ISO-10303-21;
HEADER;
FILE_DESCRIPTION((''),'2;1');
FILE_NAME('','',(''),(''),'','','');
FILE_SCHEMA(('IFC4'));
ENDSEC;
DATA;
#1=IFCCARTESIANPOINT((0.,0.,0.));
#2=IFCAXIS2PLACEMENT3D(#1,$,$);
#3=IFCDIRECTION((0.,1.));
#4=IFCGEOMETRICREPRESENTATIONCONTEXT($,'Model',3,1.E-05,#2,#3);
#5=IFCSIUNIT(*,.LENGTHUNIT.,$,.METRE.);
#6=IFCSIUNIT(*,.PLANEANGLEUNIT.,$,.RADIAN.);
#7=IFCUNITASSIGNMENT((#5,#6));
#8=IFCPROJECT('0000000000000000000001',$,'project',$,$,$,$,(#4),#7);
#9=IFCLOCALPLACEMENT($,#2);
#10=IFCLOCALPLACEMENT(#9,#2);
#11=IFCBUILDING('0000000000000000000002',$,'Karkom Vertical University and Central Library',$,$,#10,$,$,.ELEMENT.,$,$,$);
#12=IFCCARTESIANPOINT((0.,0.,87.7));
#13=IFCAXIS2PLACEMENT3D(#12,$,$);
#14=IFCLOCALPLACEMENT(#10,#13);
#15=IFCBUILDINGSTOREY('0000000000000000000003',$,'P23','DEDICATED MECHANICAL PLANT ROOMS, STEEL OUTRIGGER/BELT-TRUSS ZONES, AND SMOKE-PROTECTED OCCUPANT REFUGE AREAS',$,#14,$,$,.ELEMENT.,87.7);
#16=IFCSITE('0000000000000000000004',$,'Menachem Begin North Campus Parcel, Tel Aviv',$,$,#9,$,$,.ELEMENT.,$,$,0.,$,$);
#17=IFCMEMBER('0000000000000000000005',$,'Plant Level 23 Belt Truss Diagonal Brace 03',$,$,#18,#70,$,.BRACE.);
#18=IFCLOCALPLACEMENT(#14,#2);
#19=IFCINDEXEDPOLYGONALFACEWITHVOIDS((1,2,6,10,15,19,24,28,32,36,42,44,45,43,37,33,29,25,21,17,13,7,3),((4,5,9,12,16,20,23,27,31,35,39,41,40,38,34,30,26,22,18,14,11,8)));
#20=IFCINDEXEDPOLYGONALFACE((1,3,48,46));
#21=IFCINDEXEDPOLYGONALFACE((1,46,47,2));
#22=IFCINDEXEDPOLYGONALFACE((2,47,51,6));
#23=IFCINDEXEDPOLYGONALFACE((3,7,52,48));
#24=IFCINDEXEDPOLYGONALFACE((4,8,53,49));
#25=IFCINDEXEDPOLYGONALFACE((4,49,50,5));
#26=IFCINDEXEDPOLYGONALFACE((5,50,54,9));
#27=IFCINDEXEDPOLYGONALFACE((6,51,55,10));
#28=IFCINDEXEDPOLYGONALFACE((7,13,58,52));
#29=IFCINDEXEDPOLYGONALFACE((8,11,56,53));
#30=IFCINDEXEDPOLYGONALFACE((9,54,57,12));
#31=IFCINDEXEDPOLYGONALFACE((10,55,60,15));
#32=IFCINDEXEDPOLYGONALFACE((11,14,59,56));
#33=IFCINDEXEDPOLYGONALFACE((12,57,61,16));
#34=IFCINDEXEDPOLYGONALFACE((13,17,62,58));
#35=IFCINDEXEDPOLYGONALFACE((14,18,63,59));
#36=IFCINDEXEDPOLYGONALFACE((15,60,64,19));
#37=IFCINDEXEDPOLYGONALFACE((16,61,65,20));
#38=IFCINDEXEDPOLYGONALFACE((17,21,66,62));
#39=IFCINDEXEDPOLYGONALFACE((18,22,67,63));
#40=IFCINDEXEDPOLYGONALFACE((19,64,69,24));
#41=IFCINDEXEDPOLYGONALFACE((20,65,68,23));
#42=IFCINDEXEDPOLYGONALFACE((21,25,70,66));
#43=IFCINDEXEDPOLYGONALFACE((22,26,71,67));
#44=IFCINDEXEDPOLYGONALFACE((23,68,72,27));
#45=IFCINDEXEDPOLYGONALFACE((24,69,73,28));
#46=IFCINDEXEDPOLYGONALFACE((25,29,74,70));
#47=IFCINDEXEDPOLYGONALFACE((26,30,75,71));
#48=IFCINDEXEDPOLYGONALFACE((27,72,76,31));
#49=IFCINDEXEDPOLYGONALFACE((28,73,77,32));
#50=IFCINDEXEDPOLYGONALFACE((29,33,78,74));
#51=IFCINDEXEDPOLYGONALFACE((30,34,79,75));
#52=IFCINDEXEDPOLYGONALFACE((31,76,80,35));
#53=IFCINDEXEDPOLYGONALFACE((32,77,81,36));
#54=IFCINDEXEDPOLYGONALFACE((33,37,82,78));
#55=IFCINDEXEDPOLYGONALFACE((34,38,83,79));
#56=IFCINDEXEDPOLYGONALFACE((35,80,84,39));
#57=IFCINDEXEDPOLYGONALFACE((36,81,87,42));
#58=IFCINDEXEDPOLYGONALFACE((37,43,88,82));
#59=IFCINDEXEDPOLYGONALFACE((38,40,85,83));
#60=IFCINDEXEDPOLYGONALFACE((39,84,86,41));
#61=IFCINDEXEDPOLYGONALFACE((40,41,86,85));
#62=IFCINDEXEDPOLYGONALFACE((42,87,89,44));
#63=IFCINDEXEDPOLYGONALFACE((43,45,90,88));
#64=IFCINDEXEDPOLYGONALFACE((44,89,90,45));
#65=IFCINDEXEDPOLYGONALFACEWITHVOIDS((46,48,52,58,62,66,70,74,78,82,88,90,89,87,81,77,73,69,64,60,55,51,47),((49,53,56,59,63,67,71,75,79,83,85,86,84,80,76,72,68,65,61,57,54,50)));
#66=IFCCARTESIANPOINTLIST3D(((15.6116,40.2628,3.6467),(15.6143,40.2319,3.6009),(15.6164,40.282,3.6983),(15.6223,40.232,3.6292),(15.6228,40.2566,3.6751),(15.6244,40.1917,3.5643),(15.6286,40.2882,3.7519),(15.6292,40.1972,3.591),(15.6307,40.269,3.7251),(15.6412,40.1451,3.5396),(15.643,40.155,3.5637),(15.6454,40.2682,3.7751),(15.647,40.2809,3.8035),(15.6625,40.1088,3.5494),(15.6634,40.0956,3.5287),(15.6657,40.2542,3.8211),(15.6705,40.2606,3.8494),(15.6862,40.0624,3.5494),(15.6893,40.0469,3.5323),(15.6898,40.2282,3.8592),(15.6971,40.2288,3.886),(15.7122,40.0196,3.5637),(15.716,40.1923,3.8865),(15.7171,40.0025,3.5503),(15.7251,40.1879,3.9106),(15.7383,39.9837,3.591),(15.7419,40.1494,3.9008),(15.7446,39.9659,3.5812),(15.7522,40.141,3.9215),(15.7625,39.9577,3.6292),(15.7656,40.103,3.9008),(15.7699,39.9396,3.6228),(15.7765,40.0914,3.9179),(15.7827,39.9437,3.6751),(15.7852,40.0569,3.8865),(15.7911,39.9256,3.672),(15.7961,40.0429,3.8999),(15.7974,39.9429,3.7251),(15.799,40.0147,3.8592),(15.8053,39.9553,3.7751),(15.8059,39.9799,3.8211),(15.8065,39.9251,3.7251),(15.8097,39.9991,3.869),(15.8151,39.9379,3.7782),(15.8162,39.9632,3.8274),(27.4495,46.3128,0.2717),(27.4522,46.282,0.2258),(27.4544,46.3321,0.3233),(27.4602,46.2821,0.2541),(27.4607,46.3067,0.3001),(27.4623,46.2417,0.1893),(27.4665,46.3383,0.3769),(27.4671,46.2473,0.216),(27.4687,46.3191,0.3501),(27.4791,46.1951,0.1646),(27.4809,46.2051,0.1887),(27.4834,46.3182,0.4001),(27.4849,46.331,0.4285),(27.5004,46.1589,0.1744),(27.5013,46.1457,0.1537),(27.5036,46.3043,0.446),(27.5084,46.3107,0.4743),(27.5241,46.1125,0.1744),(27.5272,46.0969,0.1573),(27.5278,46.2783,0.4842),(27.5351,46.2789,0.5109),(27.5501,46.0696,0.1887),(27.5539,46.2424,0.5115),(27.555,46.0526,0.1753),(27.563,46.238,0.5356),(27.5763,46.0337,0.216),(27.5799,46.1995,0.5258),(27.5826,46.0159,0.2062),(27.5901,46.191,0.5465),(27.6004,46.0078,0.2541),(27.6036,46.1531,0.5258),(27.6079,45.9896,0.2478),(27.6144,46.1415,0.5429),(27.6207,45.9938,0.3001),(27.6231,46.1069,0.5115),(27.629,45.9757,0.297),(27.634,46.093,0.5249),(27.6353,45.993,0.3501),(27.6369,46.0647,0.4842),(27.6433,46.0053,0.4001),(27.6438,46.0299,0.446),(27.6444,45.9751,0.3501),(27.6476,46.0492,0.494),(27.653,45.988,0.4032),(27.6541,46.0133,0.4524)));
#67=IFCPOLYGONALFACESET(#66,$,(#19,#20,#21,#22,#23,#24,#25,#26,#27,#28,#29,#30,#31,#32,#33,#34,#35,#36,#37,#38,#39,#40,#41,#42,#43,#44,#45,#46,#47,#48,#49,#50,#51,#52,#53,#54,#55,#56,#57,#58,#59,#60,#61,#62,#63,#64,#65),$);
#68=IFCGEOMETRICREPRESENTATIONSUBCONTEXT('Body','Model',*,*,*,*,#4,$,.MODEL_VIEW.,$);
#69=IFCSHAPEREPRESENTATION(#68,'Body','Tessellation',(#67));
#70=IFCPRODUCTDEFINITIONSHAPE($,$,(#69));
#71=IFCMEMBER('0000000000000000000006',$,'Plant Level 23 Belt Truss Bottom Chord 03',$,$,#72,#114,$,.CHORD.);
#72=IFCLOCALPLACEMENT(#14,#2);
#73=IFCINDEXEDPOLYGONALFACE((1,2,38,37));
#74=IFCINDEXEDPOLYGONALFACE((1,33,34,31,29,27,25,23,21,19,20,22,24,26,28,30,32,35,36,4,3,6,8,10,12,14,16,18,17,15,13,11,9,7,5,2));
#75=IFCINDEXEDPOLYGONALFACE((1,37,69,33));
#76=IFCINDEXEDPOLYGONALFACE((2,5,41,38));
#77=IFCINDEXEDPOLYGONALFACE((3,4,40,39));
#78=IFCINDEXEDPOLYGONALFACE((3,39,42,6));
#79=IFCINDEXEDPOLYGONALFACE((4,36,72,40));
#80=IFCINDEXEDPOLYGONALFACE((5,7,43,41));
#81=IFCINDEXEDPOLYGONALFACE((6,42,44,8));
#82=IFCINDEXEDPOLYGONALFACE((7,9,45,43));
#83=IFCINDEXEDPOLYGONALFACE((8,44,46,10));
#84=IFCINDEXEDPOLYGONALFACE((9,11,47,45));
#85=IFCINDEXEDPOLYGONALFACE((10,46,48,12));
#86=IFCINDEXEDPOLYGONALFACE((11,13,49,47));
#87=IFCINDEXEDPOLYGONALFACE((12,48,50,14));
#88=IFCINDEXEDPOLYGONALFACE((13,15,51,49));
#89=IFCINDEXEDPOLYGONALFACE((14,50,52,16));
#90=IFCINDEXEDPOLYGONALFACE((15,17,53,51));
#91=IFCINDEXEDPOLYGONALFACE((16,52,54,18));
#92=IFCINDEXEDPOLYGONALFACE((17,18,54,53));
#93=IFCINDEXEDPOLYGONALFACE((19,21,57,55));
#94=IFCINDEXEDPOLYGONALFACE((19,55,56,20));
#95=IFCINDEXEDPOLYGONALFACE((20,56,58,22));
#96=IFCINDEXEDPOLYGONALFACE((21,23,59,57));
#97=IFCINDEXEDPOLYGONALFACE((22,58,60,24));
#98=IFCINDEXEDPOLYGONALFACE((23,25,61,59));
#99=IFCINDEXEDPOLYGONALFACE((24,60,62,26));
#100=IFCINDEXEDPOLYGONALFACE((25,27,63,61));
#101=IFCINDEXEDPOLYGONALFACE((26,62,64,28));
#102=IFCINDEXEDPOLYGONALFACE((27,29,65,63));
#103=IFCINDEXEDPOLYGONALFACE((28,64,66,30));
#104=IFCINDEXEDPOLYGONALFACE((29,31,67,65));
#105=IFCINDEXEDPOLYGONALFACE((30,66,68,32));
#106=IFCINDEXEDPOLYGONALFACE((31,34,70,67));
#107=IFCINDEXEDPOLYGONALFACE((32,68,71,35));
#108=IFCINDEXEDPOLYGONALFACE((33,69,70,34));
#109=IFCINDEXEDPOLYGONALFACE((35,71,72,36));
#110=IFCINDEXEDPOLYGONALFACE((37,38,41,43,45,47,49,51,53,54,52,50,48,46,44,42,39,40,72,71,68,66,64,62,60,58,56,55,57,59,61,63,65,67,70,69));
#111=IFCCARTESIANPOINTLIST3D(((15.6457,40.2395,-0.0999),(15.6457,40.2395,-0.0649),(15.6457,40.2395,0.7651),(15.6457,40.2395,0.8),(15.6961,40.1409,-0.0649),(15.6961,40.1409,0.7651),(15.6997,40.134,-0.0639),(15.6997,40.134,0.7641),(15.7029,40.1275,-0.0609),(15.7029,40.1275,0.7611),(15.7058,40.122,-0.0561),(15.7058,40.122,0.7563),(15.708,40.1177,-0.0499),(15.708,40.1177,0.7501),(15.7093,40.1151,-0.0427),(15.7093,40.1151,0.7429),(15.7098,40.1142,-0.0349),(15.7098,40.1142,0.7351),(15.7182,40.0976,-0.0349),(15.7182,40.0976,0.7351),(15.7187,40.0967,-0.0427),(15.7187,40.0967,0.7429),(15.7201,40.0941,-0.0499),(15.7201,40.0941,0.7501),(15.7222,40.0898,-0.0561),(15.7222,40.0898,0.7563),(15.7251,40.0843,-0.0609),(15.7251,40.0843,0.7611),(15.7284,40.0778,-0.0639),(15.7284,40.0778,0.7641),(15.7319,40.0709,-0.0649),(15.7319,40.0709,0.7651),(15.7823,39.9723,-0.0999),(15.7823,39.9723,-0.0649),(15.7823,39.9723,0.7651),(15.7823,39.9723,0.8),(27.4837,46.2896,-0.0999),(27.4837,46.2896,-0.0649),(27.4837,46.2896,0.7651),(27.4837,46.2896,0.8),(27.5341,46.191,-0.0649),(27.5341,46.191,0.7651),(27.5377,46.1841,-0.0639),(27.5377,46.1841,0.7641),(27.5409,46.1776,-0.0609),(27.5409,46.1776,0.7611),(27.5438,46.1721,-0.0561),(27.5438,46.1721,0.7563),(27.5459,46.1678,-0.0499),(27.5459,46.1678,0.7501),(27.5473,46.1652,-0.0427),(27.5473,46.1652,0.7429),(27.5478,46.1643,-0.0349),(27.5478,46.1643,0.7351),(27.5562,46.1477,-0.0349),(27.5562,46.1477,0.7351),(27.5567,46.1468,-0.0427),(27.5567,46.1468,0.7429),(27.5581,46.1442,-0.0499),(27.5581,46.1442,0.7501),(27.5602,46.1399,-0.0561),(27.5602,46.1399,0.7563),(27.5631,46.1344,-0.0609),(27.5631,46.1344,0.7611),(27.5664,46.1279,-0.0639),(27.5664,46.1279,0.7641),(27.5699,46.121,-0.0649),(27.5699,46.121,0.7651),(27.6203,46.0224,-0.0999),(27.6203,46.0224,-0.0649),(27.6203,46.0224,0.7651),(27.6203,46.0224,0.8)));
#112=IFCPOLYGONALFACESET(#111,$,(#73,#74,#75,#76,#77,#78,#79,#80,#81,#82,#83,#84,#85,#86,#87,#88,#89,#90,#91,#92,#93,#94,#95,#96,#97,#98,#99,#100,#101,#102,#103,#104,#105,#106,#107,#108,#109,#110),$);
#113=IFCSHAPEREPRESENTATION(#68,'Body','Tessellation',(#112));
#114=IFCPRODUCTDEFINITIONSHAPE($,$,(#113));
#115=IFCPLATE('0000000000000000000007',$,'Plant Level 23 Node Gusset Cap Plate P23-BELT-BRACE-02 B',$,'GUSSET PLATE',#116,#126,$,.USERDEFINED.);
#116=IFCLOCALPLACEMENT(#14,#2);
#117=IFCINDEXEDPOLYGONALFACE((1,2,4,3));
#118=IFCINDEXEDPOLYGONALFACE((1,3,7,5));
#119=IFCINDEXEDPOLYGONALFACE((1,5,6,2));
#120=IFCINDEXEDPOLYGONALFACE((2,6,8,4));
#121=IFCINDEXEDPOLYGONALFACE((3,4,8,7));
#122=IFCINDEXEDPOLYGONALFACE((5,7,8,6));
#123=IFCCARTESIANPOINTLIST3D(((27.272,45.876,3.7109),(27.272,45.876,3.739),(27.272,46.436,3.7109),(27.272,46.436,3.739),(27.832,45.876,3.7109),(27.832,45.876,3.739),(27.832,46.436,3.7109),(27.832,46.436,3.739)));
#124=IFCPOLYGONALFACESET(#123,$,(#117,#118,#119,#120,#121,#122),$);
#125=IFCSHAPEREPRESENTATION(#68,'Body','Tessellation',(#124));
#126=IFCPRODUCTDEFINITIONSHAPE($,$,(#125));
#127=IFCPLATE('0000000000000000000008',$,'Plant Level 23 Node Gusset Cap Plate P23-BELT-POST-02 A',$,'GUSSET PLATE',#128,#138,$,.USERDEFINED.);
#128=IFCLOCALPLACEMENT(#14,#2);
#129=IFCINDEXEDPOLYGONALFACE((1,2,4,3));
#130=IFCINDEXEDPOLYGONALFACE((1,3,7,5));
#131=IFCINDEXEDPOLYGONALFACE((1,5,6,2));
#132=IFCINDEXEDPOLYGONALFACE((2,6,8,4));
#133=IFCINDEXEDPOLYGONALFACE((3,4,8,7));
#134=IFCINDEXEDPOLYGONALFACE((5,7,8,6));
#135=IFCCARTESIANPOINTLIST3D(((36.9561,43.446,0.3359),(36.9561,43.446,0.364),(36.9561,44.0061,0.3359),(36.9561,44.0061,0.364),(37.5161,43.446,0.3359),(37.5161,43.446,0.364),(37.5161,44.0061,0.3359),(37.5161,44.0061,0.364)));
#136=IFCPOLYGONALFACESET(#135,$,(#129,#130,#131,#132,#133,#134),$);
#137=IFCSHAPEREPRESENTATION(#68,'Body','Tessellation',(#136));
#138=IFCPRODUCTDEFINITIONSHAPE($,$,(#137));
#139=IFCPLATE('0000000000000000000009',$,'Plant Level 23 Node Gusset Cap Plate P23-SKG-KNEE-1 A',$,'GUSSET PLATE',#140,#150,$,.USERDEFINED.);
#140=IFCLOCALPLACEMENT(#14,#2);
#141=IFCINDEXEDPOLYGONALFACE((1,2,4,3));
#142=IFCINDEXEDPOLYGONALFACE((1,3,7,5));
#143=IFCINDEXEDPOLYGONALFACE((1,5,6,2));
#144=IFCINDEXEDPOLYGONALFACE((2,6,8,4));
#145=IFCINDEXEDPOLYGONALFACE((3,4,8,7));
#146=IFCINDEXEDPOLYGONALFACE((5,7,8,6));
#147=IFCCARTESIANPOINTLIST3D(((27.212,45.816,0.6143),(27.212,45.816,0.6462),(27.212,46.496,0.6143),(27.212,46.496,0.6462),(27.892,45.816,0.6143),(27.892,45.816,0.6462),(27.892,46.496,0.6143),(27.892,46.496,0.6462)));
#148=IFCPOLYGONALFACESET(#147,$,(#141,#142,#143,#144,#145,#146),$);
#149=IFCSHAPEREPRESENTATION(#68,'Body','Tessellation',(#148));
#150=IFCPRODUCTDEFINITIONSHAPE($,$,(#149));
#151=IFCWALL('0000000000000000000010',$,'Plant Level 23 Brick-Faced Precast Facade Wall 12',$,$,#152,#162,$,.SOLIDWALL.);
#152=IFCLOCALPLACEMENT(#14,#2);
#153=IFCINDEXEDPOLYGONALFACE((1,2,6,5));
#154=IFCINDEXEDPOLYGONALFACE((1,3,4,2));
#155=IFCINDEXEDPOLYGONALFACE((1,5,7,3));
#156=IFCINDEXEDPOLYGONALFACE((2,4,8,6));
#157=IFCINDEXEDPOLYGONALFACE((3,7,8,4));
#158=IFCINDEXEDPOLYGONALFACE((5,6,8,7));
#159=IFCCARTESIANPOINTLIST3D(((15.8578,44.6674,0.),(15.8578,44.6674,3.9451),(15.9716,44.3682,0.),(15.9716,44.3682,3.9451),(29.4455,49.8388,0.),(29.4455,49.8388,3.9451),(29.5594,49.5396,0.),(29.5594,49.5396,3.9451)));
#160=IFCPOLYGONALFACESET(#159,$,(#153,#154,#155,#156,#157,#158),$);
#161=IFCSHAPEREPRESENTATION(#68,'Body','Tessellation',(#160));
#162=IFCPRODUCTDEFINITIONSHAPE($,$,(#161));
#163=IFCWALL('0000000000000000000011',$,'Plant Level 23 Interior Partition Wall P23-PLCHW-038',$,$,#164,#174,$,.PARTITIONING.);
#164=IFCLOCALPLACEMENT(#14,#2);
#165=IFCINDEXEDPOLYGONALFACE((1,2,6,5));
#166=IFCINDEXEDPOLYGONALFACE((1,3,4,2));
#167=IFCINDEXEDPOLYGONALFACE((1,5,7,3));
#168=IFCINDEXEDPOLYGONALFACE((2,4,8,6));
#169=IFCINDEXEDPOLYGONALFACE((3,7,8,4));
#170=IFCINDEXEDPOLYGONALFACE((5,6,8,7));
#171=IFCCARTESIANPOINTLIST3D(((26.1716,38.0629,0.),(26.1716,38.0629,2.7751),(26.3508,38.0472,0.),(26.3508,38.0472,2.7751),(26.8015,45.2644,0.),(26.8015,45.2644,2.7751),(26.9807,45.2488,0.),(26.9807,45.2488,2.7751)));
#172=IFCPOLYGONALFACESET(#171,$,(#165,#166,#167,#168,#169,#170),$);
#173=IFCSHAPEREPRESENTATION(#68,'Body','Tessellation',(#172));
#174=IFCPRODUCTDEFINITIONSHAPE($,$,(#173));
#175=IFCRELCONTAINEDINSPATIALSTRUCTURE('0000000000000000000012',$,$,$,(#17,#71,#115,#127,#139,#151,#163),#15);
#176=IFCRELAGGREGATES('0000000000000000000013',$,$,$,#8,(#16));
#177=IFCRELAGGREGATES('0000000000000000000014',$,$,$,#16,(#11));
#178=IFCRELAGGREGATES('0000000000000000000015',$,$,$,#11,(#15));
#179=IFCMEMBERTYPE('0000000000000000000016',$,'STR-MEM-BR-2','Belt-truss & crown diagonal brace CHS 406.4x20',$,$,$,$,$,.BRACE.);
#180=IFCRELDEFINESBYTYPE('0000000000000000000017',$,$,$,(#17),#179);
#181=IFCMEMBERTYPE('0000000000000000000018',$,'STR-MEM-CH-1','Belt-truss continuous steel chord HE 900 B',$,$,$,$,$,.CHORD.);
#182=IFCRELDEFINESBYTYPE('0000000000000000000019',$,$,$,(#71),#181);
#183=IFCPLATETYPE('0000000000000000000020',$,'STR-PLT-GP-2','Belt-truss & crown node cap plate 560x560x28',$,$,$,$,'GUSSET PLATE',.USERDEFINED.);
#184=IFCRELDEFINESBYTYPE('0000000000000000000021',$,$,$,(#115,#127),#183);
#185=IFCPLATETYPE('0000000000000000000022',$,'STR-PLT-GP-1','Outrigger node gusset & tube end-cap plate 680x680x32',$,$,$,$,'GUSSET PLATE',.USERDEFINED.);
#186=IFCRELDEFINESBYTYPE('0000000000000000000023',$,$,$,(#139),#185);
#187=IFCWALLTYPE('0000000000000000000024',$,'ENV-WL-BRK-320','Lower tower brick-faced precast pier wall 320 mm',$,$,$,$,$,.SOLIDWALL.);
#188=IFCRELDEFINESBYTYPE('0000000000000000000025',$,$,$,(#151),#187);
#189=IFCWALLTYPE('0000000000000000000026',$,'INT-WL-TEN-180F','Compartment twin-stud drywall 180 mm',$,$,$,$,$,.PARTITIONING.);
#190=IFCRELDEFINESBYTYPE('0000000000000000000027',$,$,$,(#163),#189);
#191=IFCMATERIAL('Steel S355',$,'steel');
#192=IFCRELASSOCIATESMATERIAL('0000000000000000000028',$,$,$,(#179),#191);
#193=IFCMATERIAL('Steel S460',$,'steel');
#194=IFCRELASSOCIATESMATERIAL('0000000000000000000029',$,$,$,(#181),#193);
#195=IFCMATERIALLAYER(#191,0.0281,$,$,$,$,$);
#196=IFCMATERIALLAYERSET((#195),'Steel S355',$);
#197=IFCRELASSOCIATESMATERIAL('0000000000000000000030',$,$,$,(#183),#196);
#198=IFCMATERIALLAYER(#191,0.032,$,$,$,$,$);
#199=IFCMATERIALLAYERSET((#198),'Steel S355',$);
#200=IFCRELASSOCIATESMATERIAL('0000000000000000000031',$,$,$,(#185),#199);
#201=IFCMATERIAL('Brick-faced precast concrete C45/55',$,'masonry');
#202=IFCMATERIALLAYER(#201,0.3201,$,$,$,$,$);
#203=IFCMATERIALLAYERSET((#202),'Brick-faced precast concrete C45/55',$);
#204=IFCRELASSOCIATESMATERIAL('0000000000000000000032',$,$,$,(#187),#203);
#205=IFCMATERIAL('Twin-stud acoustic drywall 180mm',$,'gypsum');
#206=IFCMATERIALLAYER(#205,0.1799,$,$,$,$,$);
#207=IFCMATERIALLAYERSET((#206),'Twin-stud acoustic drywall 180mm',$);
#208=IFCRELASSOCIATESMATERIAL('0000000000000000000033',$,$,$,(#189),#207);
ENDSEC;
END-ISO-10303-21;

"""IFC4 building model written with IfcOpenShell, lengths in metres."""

from ifc_helpers import new_model, si_unit, direction, frame, frame_2d, origin, origin_with_axes, origin_2d, place, context, subcontext, project, spatial, rectangle, hollow_circle, i_section, extrude, source, transform, mapped, material, layer, layer_set, material_profile, profile_set, type_object, element, save


model = new_model("IFC4")

# Units and contexts
model_context = context("Model", 3, precision=1e-05, world=origin(), true_north=direction((0.0, 1.0)))
body_context = subcontext(model_context, "Body", "Model", "MODEL_VIEW")
ifc_project = project(units=[si_unit("LENGTHUNIT", "METRE"), si_unit("PLANEANGLEUNIT", "RADIAN")], contexts=[model_context])

# Site, building, storey
site_placement = place(None, origin())
site = spatial("IfcSite", under=ifc_project, at=site_placement, Name="Menachem Begin North Campus Parcel, Tel Aviv", CompositionType="ELEMENT", RefElevation=0.0)
building_placement = place(site_placement, origin())
building = spatial("IfcBuilding", under=site, at=building_placement, Name="Karkom Vertical University and Central Library", CompositionType="ELEMENT")
storey_placement = place(building_placement, frame((0.0, 0.0, 87.7)))
storey = spatial("IfcBuildingStorey", under=building, at=storey_placement, Name="P23", Description="DEDICATED MECHANICAL PLANT ROOMS, STEEL OUTRIGGER/BELT-TRUSS ZONES, AND SMOKE-PROTECTED OCCUPANT REFUGE AREAS", CompositionType="ELEMENT", Elevation=87.7)

# Shared definitions
ifc_material_1 = material(Name="Steel S355", Category="steel")
ifc_material_2 = material(Name="Steel S460", Category="steel")

# Members
ifc_material_profile_1 = material_profile(ifc_material_1, hollow_circle(Radius=0.2031, WallThickness=0.02, at=origin_2d()), Name="CHS 406.4x20")
ifc_profile_set_1 = profile_set([ifc_material_profile_1], Name="Steel S355")
member_type_1 = type_object("IfcMemberType", Name="STR-MEM-BR-2", Description="Belt-truss & crown diagonal brace CHS 406.4x20", PredefinedType="BRACE", material=ifc_profile_set_1)
shared_shape_1 = source(origin_with_axes(), body_context, "Body", "SweptSolid", [
    extrude(hollow_circle(Radius=0.2031, WallThickness=0.02, at=origin_2d()), origin(), (0.0, 0.0, 1.0), 13.7161),
])
member_1_placement = place(storey_placement, frame((27.552, 46.156, 0.3501), z_axis=(-0.86307, -0.441093, 0.246063), x_axis=(0.455085, -0.890448, 0.0)))
element("IfcMember", 1, at=member_1_placement, inside=storey, type_object=member_type_1, Name="Plant Level 23 Belt Truss Diagonal Brace 03", PredefinedType="BRACE", context=body_context, shape_type="MappedRepresentation", body=[
    mapped(shared_shape_1, transform((0.0, 0.0, 0.0), scale=1.0)),
])
ifc_material_profile_2 = material_profile(ifc_material_2, i_section(OverallWidth=0.3, OverallDepth=0.8999, WebThickness=0.0186, FlangeThickness=0.0349, FilletRadius=0.03, at=origin_2d()), Name="HE 900 B")
ifc_profile_set_2 = profile_set([ifc_material_profile_2], Name="Steel S460")
member_type_2 = type_object("IfcMemberType", Name="STR-MEM-CH-1", Description="Belt-truss continuous steel chord HE 900 B", PredefinedType="CHORD", material=ifc_profile_set_2)
shared_shape_2 = source(origin_with_axes(), body_context, "Body", "SweptSolid", [
    extrude(i_section(OverallWidth=0.3, OverallDepth=0.8999, WebThickness=0.0186, FlangeThickness=0.0349, FilletRadius=0.03, at=origin_2d()), origin(), (0.0, 0.0, 1.0), 13.2944),
])
member_2_placement = place(storey_placement, frame((27.552, 46.156, 0.3501), z_axis=(-0.890448, -0.455085, 0.0), x_axis=(0.455085, -0.890448, 0.0)))
element("IfcMember", 2, at=member_2_placement, inside=storey, type_object=member_type_2, Name="Plant Level 23 Belt Truss Bottom Chord 03", PredefinedType="CHORD", context=body_context, shape_type="MappedRepresentation", body=[
    mapped(shared_shape_2, transform((0.0, 0.0, 0.0), scale=1.0)),
])

# Plates
ifc_layer_1 = layer(ifc_material_1, 0.0281)
ifc_layer_set_1 = layer_set([ifc_layer_1], Name="Steel S355")
plate_type_1 = type_object("IfcPlateType", Name="STR-PLT-GP-2", Description="Belt-truss & crown node cap plate 560x560x28", ElementType="GUSSET PLATE", PredefinedType="USERDEFINED", material=ifc_layer_set_1)
shared_shape_3 = source(origin_with_axes(), body_context, "Body", "SweptSolid", [
    extrude(rectangle(XDim=0.5601, YDim=0.5601, at=origin_2d()), origin(), (0.0, 0.0, 1.0), 0.0281),
])
for number, where, z_axis, x_axis, name in (
    (3, (27.552, 46.156, 3.7109), (0.0, 0.0, 1.0), (1.0, 0.0, 0.0), "Plant Level 23 Node Gusset Cap Plate P23-BELT-BRACE-02 B"),
    (4, (37.2361, 43.7261, 0.3359), (0.0, 0.0, 1.0), (1.0, 0.0, 0.0), "Plant Level 23 Node Gusset Cap Plate P23-BELT-POST-02 A"),
):
    element("IfcPlate", number, at=place(storey_placement, frame(where, z_axis=z_axis, x_axis=x_axis)), inside=storey, type_object=plate_type_1, Name=name, ObjectType="GUSSET PLATE", PredefinedType="USERDEFINED", context=body_context, shape_type="MappedRepresentation", body=[
        mapped(shared_shape_3, transform((0.0, 0.0, 0.0), scale=1.0)),
    ])
ifc_layer_2 = layer(ifc_material_1, 0.032)
ifc_layer_set_2 = layer_set([ifc_layer_2], Name="Steel S355")
plate_type_2 = type_object("IfcPlateType", Name="STR-PLT-GP-1", Description="Outrigger node gusset & tube end-cap plate 680x680x32", ElementType="GUSSET PLATE", PredefinedType="USERDEFINED", material=ifc_layer_set_2)
shared_shape_4 = source(origin_with_axes(), body_context, "Body", "SweptSolid", [
    extrude(rectangle(XDim=0.6799, YDim=0.6799, at=origin_2d()), origin(), (0.0, 0.0, 1.0), 0.032),
])
plate_placement = place(storey_placement, frame((27.552, 46.156, 0.6143), z_axis=(0.0, 0.0, 1.0), x_axis=(1.0, 0.0, 0.0)))
element("IfcPlate", 5, at=plate_placement, inside=storey, type_object=plate_type_2, Name="Plant Level 23 Node Gusset Cap Plate P23-SKG-KNEE-1 A", ObjectType="GUSSET PLATE", PredefinedType="USERDEFINED", context=body_context, shape_type="MappedRepresentation", body=[
    mapped(shared_shape_4, transform((0.0, 0.0, 0.0), scale=1.0)),
])

# Walls
ifc_material_3 = material(Name="Brick-faced precast concrete C45/55", Category="masonry")
ifc_layer_3 = layer(ifc_material_3, 0.3201)
ifc_layer_set_3 = layer_set([ifc_layer_3], Name="Brick-faced precast concrete C45/55")
wall_type_1 = type_object("IfcWallType", Name="ENV-WL-BRK-320", Description="Lower tower brick-faced precast pier wall 320 mm", PredefinedType="SOLIDWALL", material=ifc_layer_set_3)
wall_1_placement = place(storey_placement, frame((29.5024, 49.6892, 0.0), z_axis=(0.0, 0.0, 1.0), x_axis=(-0.934599, -0.355703, 0.0)))
element("IfcWall", 6, at=wall_1_placement, inside=storey, type_object=wall_type_1, Name="Plant Level 23 Brick-Faced Precast Facade Wall 12", PredefinedType="SOLIDWALL", context=body_context, shape_type="SweptSolid", body=[
    extrude(rectangle(XDim=14.5386, YDim=0.3201, at=frame_2d((7.2693, 0.0))), origin(), (0.0, 0.0, 1.0), 3.9451),
])
ifc_material_4 = material(Name="Twin-stud acoustic drywall 180mm", Category="gypsum")
ifc_layer_4 = layer(ifc_material_4, 0.1799)
ifc_layer_set_4 = layer_set([ifc_layer_4], Name="Twin-stud acoustic drywall 180mm")
wall_type_2 = type_object("IfcWallType", Name="INT-WL-TEN-180F", Description="Compartment twin-stud drywall 180 mm", PredefinedType="PARTITIONING", material=ifc_layer_set_4)
wall_2_placement = place(storey_placement, frame((26.8911, 45.2566, 0.0), z_axis=(0.0, 0.0, 1.0), x_axis=(-0.087134, -0.996197, 0.0)))
element("IfcWall", 7, at=wall_2_placement, inside=storey, type_object=wall_type_2, Name="Plant Level 23 Interior Partition Wall P23-PLCHW-038", PredefinedType="PARTITIONING", context=body_context, shape_type="SweptSolid", body=[
    extrude(rectangle(XDim=7.229, YDim=0.1799, at=frame_2d((3.6145, 0.0))), origin(), (0.0, 0.0, 1.0), 2.7751),
])

save(model, "model.ifc")
